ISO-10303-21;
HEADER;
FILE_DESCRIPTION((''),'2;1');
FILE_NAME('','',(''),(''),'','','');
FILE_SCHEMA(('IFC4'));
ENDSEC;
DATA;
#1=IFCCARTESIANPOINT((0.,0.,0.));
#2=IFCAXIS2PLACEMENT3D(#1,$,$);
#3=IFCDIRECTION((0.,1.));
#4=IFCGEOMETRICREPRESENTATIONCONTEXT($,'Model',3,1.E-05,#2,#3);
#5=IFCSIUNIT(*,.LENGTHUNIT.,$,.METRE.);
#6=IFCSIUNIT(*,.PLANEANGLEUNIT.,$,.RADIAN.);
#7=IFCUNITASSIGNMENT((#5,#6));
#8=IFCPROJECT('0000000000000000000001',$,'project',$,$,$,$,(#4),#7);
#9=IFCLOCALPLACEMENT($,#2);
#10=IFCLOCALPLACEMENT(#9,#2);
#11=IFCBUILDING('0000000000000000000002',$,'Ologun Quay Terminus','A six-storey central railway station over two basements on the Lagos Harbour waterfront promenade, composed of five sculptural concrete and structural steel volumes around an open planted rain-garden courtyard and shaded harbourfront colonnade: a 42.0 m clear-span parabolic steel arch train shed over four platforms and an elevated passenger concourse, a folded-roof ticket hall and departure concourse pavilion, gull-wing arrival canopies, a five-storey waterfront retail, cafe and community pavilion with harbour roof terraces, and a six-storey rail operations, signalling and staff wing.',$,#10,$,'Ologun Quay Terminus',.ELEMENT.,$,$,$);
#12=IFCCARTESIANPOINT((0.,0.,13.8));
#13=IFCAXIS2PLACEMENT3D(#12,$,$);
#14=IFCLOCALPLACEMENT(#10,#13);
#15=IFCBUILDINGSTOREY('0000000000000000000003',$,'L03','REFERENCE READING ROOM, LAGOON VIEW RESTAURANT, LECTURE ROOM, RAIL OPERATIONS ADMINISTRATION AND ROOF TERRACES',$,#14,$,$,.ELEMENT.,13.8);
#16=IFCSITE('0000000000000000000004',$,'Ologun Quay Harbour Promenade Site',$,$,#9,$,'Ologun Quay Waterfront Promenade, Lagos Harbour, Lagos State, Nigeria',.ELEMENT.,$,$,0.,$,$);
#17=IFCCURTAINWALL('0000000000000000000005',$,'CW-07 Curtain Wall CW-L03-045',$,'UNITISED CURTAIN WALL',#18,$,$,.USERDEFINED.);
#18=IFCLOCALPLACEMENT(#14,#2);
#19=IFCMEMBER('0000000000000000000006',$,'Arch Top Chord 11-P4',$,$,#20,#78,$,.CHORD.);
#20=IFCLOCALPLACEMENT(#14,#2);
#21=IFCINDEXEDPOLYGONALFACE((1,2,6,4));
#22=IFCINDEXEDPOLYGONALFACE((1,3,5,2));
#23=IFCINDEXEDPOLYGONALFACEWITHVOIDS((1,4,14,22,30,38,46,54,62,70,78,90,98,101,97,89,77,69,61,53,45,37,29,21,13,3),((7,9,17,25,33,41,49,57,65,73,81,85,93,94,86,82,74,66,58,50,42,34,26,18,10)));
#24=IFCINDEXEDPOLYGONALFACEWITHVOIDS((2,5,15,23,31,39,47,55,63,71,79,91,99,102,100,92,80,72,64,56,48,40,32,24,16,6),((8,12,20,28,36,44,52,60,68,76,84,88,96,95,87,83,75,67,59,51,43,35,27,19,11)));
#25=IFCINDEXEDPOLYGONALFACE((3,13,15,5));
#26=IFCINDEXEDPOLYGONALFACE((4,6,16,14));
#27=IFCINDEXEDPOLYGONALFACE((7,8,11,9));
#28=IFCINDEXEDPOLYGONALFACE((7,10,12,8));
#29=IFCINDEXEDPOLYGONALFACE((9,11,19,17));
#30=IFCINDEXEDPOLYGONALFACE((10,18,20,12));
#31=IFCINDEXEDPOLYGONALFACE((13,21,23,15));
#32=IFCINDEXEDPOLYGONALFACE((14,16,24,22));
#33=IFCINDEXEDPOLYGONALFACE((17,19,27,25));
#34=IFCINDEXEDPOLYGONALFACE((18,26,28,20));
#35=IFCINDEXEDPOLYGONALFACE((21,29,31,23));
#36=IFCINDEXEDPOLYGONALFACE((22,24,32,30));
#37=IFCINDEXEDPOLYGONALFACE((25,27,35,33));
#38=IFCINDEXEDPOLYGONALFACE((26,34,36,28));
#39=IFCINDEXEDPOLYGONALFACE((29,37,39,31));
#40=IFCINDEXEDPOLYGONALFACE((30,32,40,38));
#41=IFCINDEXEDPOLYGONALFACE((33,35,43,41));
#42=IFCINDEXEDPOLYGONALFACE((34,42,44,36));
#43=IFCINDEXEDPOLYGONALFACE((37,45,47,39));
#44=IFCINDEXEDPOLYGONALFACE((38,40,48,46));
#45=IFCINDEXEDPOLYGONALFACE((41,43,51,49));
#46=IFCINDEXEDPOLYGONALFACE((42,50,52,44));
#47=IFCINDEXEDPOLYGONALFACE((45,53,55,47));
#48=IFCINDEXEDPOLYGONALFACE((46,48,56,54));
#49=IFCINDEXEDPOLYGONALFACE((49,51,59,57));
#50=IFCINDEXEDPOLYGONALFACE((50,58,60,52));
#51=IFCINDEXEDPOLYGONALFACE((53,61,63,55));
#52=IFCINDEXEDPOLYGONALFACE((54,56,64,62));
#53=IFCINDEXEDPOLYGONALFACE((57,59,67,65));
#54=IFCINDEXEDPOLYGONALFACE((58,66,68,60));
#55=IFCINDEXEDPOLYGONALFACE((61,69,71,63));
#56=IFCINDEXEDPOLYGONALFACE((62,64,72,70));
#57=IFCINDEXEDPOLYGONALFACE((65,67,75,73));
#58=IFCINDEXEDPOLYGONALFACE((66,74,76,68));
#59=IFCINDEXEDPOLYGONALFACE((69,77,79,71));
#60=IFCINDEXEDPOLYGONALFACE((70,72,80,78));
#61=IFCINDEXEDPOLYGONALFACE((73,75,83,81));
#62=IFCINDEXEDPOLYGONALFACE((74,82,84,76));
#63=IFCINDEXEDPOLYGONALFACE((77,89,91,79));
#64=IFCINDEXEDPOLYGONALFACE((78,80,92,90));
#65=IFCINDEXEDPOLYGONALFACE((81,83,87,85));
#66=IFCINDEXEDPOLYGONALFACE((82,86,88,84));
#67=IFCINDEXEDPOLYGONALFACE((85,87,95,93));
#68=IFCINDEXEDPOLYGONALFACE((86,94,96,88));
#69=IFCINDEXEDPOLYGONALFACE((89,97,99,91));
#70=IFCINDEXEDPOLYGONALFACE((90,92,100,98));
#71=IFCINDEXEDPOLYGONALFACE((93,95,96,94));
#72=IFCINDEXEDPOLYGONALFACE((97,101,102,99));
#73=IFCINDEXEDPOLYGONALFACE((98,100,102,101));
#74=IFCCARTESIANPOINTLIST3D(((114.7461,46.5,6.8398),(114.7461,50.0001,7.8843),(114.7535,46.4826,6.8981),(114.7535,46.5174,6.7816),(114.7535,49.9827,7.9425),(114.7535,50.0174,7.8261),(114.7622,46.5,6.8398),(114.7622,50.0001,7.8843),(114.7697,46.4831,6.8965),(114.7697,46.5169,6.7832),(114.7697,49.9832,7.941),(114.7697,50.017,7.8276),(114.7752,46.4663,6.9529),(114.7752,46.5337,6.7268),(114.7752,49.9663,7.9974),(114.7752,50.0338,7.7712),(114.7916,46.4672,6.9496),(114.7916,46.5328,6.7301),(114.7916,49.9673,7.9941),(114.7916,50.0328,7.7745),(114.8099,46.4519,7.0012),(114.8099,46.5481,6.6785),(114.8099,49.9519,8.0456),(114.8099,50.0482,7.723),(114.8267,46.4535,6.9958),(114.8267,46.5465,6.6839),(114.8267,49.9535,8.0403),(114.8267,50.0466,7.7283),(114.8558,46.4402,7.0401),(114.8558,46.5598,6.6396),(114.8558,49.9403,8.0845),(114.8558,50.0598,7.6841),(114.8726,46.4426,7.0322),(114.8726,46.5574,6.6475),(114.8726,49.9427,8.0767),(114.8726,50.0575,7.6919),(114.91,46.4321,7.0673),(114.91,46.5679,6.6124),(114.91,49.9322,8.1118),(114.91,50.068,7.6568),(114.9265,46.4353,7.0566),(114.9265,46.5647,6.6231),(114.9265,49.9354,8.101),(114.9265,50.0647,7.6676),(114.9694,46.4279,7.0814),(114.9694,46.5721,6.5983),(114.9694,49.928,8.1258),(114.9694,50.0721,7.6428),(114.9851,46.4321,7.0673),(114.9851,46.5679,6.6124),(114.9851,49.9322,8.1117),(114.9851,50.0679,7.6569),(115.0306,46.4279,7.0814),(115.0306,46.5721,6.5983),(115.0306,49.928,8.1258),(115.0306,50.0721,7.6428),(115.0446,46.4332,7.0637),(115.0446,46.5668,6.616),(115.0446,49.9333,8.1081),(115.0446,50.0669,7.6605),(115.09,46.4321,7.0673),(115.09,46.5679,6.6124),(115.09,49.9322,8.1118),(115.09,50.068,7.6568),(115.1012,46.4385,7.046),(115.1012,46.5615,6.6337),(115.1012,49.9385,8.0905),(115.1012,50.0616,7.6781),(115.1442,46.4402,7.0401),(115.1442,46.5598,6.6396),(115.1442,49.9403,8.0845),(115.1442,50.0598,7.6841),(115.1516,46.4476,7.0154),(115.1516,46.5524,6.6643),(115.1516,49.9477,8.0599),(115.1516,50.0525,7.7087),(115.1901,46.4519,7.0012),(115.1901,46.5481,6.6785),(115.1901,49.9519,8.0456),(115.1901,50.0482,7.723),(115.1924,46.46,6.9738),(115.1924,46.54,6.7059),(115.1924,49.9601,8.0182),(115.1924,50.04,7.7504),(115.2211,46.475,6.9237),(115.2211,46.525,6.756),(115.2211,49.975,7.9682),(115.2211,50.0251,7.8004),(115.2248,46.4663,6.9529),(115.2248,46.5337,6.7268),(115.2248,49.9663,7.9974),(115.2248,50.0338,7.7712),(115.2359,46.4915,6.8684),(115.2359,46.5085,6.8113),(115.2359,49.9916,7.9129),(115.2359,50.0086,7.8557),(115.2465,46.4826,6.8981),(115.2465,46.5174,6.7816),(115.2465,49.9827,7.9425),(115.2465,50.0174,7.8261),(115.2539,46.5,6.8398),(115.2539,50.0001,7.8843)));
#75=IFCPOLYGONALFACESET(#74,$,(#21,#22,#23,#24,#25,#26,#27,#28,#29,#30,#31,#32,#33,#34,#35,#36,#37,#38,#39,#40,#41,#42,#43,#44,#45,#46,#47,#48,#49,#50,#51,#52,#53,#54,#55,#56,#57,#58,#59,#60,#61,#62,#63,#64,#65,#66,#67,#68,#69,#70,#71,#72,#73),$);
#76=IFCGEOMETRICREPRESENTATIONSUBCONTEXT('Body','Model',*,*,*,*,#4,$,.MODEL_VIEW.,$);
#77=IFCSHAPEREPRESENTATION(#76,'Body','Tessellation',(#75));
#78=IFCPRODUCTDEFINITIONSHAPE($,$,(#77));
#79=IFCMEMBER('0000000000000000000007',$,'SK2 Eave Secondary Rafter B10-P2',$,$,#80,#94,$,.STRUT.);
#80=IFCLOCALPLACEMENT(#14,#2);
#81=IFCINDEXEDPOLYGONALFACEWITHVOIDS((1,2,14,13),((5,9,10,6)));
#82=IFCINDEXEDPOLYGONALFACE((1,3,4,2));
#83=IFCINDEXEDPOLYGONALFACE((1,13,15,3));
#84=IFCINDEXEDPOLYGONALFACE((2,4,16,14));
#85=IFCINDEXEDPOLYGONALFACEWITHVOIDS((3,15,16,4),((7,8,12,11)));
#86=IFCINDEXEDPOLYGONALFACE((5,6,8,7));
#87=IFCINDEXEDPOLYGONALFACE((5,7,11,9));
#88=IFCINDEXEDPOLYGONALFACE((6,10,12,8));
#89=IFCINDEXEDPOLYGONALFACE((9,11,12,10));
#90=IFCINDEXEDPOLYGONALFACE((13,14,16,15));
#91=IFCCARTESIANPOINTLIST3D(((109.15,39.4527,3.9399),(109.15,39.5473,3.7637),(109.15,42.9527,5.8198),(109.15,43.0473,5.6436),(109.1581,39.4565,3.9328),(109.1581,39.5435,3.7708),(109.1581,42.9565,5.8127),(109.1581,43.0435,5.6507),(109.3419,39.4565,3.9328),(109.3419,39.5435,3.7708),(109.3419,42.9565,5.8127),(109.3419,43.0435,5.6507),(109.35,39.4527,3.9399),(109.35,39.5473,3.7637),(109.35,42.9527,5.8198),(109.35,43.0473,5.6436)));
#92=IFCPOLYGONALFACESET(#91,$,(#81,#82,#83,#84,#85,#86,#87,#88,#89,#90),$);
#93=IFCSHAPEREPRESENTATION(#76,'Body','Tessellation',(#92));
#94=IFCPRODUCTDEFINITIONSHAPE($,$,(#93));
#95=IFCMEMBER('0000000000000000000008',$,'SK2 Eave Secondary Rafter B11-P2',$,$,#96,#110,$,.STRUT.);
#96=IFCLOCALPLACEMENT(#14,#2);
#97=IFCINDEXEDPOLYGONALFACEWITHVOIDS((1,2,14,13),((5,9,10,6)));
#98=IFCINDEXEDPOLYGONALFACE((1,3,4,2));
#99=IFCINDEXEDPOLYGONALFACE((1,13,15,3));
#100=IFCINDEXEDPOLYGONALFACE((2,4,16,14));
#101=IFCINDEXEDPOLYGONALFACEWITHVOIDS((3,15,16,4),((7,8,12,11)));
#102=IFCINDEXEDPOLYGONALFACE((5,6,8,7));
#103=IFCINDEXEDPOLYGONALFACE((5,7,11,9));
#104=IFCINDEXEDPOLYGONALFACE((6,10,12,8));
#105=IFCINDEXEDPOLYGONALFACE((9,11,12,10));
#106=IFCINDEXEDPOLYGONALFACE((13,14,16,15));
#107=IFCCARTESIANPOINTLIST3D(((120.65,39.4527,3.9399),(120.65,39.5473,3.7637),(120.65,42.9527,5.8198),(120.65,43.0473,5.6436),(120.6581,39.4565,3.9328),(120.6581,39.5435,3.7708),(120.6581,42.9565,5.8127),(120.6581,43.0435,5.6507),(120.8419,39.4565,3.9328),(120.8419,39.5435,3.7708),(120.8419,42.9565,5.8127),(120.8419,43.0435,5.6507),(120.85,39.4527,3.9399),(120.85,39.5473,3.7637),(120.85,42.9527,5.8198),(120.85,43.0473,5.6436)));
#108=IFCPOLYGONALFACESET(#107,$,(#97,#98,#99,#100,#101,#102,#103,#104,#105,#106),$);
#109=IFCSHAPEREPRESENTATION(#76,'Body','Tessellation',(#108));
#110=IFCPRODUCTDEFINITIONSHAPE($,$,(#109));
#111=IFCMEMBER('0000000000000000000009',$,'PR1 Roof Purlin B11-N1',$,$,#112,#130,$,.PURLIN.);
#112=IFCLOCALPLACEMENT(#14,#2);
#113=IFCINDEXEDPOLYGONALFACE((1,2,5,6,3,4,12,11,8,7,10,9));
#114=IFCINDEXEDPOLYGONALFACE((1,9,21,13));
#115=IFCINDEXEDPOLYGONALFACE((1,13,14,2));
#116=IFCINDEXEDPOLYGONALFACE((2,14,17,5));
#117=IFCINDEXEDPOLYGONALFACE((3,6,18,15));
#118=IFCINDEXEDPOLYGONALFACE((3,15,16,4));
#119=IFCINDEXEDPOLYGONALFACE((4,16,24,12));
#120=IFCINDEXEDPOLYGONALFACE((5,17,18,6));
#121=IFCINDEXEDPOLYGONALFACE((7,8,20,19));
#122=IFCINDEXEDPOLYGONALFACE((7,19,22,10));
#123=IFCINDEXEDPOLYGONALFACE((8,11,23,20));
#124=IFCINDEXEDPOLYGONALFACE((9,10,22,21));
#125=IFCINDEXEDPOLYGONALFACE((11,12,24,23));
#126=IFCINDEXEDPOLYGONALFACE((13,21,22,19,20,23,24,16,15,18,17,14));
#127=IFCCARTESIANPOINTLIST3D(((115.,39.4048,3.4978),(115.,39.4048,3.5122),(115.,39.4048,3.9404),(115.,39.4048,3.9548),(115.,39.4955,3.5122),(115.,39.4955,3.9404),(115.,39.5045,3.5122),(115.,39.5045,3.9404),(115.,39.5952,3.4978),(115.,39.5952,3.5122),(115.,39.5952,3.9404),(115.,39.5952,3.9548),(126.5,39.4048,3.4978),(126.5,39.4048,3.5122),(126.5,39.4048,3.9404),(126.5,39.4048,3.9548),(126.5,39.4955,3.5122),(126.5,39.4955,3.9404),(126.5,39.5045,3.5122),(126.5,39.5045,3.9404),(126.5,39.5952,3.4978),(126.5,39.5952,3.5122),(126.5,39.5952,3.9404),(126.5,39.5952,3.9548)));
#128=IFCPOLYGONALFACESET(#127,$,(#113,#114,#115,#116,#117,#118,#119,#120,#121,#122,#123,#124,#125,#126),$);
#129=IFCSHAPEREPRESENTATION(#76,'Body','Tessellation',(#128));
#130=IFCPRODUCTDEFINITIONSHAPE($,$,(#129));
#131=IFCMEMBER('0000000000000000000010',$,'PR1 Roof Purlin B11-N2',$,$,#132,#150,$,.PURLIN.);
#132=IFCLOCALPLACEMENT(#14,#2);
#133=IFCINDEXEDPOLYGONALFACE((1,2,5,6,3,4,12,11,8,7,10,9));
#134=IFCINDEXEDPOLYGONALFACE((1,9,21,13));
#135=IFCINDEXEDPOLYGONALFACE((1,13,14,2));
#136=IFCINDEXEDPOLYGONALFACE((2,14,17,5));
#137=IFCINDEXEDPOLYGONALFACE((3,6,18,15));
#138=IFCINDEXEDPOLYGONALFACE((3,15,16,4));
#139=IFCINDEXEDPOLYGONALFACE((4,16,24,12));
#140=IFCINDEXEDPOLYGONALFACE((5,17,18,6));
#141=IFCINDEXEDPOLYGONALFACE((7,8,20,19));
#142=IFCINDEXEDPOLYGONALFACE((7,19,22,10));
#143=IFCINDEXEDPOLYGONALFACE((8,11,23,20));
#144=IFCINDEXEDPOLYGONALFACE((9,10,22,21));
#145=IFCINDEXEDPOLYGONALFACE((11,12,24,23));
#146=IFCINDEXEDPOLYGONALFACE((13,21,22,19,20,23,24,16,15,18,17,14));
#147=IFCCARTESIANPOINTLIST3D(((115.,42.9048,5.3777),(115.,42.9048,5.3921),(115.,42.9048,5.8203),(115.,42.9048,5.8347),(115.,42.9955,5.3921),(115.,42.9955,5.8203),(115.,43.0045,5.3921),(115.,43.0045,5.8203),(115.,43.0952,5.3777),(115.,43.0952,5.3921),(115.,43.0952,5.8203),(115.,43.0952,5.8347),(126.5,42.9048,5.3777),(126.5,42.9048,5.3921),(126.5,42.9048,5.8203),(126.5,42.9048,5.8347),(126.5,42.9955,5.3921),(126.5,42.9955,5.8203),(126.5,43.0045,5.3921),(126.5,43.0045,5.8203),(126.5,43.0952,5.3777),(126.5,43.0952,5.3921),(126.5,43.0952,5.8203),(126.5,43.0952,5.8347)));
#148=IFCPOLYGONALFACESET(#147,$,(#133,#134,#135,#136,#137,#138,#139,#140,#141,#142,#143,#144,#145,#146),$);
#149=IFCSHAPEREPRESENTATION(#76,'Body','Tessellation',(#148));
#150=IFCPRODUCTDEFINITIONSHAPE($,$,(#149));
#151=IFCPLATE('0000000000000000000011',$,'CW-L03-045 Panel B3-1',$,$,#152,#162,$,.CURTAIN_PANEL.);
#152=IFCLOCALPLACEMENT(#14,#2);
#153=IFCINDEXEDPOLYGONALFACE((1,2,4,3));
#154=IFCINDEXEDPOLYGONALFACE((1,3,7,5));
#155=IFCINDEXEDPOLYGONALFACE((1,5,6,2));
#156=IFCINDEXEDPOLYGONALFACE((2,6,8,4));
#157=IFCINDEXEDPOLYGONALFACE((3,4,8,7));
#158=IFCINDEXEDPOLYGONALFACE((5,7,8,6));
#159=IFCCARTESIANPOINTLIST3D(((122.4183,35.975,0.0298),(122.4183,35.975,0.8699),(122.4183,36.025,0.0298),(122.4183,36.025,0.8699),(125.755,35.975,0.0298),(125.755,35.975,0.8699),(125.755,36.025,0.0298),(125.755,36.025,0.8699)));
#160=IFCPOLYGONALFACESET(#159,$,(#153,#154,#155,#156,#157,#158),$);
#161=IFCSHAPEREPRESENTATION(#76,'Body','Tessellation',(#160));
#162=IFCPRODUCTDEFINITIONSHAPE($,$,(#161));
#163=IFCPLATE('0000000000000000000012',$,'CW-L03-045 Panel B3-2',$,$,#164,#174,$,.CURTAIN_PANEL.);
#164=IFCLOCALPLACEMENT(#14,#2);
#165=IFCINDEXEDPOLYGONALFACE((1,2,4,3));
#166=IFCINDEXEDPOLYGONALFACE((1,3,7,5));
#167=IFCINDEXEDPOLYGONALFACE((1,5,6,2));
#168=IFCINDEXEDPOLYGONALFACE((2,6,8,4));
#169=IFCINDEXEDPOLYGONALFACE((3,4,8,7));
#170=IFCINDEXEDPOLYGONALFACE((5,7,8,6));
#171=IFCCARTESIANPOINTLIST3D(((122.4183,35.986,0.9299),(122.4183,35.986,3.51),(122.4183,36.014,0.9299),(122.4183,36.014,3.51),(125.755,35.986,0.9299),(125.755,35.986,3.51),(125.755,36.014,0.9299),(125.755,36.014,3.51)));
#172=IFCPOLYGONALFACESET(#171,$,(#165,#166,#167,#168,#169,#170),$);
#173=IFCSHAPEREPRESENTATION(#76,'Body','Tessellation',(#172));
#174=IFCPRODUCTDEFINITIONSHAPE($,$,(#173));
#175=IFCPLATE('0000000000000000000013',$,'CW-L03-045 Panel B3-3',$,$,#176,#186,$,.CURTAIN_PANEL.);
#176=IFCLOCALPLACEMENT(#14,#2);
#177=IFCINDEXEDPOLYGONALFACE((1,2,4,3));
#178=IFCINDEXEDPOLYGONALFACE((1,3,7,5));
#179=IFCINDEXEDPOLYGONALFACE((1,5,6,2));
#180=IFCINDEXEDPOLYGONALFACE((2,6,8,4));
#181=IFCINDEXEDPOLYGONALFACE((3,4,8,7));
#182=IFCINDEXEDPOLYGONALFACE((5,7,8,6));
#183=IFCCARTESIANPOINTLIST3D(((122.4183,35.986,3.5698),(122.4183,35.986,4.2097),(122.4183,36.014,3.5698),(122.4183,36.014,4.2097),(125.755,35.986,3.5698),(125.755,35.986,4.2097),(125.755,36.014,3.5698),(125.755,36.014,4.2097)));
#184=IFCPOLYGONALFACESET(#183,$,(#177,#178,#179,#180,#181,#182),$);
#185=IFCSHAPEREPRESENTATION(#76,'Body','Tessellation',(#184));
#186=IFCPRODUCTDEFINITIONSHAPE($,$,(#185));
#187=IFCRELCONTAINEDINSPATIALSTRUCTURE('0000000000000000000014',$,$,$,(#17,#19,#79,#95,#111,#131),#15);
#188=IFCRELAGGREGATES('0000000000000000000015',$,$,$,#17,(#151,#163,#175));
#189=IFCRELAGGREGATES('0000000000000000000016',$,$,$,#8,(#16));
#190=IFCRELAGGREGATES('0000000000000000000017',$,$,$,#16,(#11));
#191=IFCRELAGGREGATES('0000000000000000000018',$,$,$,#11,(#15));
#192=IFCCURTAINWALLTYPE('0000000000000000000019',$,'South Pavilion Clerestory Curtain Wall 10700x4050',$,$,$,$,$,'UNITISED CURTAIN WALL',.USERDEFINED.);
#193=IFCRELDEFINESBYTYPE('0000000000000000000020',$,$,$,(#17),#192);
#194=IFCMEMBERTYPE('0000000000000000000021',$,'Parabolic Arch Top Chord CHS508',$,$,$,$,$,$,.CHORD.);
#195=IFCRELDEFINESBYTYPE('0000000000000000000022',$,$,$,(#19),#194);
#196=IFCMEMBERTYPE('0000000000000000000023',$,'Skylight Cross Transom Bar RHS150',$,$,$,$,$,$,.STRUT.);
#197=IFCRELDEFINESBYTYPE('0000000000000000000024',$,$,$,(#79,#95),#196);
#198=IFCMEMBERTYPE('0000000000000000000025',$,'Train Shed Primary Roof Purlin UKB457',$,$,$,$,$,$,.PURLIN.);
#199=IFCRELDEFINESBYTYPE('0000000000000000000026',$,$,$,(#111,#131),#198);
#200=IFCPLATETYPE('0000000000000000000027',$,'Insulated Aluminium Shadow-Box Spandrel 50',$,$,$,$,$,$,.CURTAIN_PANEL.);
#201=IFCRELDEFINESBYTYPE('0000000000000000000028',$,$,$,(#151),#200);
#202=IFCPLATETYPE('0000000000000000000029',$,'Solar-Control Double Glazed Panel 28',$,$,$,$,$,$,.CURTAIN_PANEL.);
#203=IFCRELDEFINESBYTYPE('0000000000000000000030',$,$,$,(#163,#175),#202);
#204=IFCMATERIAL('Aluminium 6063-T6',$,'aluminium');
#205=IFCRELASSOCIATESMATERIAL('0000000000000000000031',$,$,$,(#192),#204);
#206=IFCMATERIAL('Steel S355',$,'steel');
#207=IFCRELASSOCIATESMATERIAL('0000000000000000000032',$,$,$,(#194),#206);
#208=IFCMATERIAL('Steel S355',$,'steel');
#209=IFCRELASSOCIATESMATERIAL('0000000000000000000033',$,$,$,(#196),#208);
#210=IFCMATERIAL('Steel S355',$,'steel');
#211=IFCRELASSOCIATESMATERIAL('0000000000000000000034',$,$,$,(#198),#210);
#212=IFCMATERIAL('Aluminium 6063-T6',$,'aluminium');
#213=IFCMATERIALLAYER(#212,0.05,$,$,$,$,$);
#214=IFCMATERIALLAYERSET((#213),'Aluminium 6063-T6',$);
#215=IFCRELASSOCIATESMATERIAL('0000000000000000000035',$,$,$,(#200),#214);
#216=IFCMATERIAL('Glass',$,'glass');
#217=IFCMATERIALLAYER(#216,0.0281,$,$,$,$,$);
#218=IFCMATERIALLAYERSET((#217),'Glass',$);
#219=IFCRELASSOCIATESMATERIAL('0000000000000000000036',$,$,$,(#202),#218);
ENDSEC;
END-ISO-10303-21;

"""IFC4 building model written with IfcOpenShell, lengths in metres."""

from ifc_helpers import new_model, si_unit, direction, frame, origin, origin_2d, place, context, subcontext, project, spatial, rectangle, hollow_rectangle, hollow_circle, i_section, extrude, material, layer, layer_set, material_profile, profile_set, type_object, element, aggregate, save


model = new_model("IFC4")

# Units and contexts
model_context = context("Model", 3, precision=1e-05, world=origin(), true_north=direction((0.0, 1.0)))
body_context = subcontext(model_context, "Body", "Model", "MODEL_VIEW")
ifc_project = project(units=[si_unit("LENGTHUNIT", "METRE"), si_unit("PLANEANGLEUNIT", "RADIAN")], contexts=[model_context])

# Site, building, storey
site_placement = place(None, origin())
site = spatial("IfcSite", under=ifc_project, at=site_placement, Name="Ologun Quay Harbour Promenade Site", LongName="Ologun Quay Waterfront Promenade, Lagos Harbour, Lagos State, Nigeria", CompositionType="ELEMENT", RefElevation=0.0)
building_placement = place(site_placement, origin())
building = spatial("IfcBuilding", under=site, at=building_placement, Name="Ologun Quay Terminus", Description="A six-storey central railway station over two basements on the Lagos Harbour waterfront promenade, composed of five sculptural concrete and structural steel volumes around an open planted rain-garden courtyard and shaded harbourfront colonnade: a 42.0 m clear-span parabolic steel arch train shed over four platforms and an elevated passenger concourse, a folded-roof ticket hall and departure concourse pavilion, gull-wing arrival canopies, a five-storey waterfront retail, cafe and community pavilion with harbour roof terraces, and a six-storey rail operations, signalling and staff wing.", LongName="Ologun Quay Terminus", CompositionType="ELEMENT")
storey_placement = place(building_placement, frame((0.0, 0.0, 13.8)))
storey = spatial("IfcBuildingStorey", under=building, at=storey_placement, Name="L03", Description="REFERENCE READING ROOM, LAGOON VIEW RESTAURANT, LECTURE ROOM, RAIL OPERATIONS ADMINISTRATION AND ROOF TERRACES", CompositionType="ELEMENT", Elevation=13.8)

# Curtain wall
ifc_material_1 = material(Name="Aluminium 6063-T6", Category="aluminium")
curtain_wall_type = type_object("IfcCurtainWallType", Name="South Pavilion Clerestory Curtain Wall 10700x4050", ElementType="UNITISED CURTAIN WALL", PredefinedType="USERDEFINED", material=ifc_material_1)
curtain_wall_placement = place(storey_placement, origin())
curtain_wall = element("IfcCurtainWall", 1, at=curtain_wall_placement, inside=storey, type_object=curtain_wall_type, Name="CW-07 Curtain Wall CW-L03-045", ObjectType="UNITISED CURTAIN WALL", PredefinedType="USERDEFINED")

# Members
ifc_material_2 = material(Name="Steel S355", Category="steel")
ifc_material_profile_1 = material_profile(ifc_material_2, hollow_circle(Radius=0.2539, WallThickness=0.0161, at=origin_2d()), Name="CHS 508x16")
ifc_profile_set_1 = profile_set([ifc_material_profile_1], Name="Steel S355")
member_type_1 = type_object("IfcMemberType", Name="Parabolic Arch Top Chord CHS508", PredefinedType="CHORD", material=ifc_profile_set_1)
member_1_placement = place(storey_placement, frame((115.0, 46.5, 6.8398), z_axis=(0.0, 0.958245, 0.285949), x_axis=(-1.0, 0.0, 0.0)))
element("IfcMember", 2, at=member_1_placement, inside=storey, type_object=member_type_1, Name="Arch Top Chord 11-P4", PredefinedType="CHORD", context=body_context, shape_type="SweptSolid", body=[
    extrude(hollow_circle(Radius=0.2539, WallThickness=0.0161, at=origin_2d()), origin(), (0.0, 0.0, 1.0), 3.6526),
])
ifc_material_3 = material(Name="Steel S355", Category="steel")
ifc_material_profile_2 = material_profile(ifc_material_3, hollow_rectangle(XDim=0.2, YDim=0.2, WallThickness=0.0081, at=origin_2d()), Name="SHS 200x200x8")
ifc_profile_set_2 = profile_set([ifc_material_profile_2], Name="Steel S355")
member_type_2 = type_object("IfcMemberType", Name="Skylight Cross Transom Bar RHS150", PredefinedType="STRUT", material=ifc_profile_set_2)
for number, where, z_axis, x_axis, name in (
    (3, (109.25, 39.5, 3.8518), (0.0, 0.880968, 0.473176), (-1.0, 0.0, 0.0), "SK2 Eave Secondary Rafter B10-P2"),
    (4, (120.75, 39.5, 3.8518), (0.0, 0.880968, 0.473176), (-1.0, 0.0, 0.0), "SK2 Eave Secondary Rafter B11-P2"),
):
    element("IfcMember", number, at=place(storey_placement, frame(where, z_axis=z_axis, x_axis=x_axis)), inside=storey, type_object=member_type_2, Name=name, PredefinedType="STRUT", context=body_context, shape_type="SweptSolid", body=[
        extrude(hollow_rectangle(XDim=0.2, YDim=0.2, WallThickness=0.0081, at=origin_2d()), origin(), (0.0, 0.0, 1.0), 3.9729),
    ])
ifc_material_4 = material(Name="Steel S355", Category="steel")
ifc_material_profile_3 = material_profile(ifc_material_4, i_section(OverallWidth=0.1904, OverallDepth=0.457, WebThickness=0.009, FlangeThickness=0.0144, at=origin_2d()), Name="UKB 457x191x74")
ifc_profile_set_3 = profile_set([ifc_material_profile_3], Name="Steel S355")
member_type_3 = type_object("IfcMemberType", Name="Train Shed Primary Roof Purlin UKB457", PredefinedType="PURLIN", material=ifc_profile_set_3)
for number, where, z_axis, x_axis, name in (
    (5, (115.0, 39.5, 3.7263), (1.0, 0.0, 0.0), (0.0, 1.0, 0.0), "PR1 Roof Purlin B11-N1"),
    (6, (115.0, 43.0, 5.6062), (1.0, 0.0, 0.0), (0.0, 1.0, 0.0), "PR1 Roof Purlin B11-N2"),
):
    element("IfcMember", number, at=place(storey_placement, frame(where, z_axis=z_axis, x_axis=x_axis)), inside=storey, type_object=member_type_3, Name=name, PredefinedType="PURLIN", context=body_context, shape_type="SweptSolid", body=[
        extrude(i_section(OverallWidth=0.1904, OverallDepth=0.457, WebThickness=0.009, FlangeThickness=0.0144, at=origin_2d()), origin(), (0.0, 0.0, 1.0), 11.5),
    ])

# Plates
ifc_material_5 = material(Name="Aluminium 6063-T6", Category="aluminium")
ifc_layer_1 = layer(ifc_material_5, 0.05)
ifc_layer_set_1 = layer_set([ifc_layer_1], Name="Aluminium 6063-T6")
plate_type_1 = type_object("IfcPlateType", Name="Insulated Aluminium Shadow-Box Spandrel 50", PredefinedType="CURTAIN_PANEL", material=ifc_layer_set_1)
plate_1_placement = place(storey_placement, frame((124.0867, 36.0, 0.0298), z_axis=(0.0, 0.0, 1.0), x_axis=(1.0, 0.0, 0.0)))
plate_1 = element("IfcPlate", 7, at=plate_1_placement, type_object=plate_type_1, Name="CW-L03-045 Panel B3-1", PredefinedType="CURTAIN_PANEL", context=body_context, shape_type="SweptSolid", body=[
    extrude(rectangle(XDim=3.3367, YDim=0.05, at=origin_2d()), origin(), (0.0, 0.0, 1.0), 0.8401),
])
ifc_material_6 = material(Name="Glass", Category="glass")
ifc_layer_2 = layer(ifc_material_6, 0.0281)
ifc_layer_set_2 = layer_set([ifc_layer_2], Name="Glass")
plate_type_2 = type_object("IfcPlateType", Name="Solar-Control Double Glazed Panel 28", PredefinedType="CURTAIN_PANEL", material=ifc_layer_set_2)
plate_2_placement = place(storey_placement, frame((124.0867, 36.0, 0.9299), z_axis=(0.0, 0.0, 1.0), x_axis=(1.0, 0.0, 0.0)))
plate_2 = element("IfcPlate", 8, at=plate_2_placement, type_object=plate_type_2, Name="CW-L03-045 Panel B3-2", PredefinedType="CURTAIN_PANEL", context=body_context, shape_type="SweptSolid", body=[
    extrude(rectangle(XDim=3.3367, YDim=0.0281, at=origin_2d()), origin(), (0.0, 0.0, 1.0), 2.5801),
])
plate_3_placement = place(storey_placement, frame((124.0867, 36.0, 3.5698), z_axis=(0.0, 0.0, 1.0), x_axis=(1.0, 0.0, 0.0)))
plate_3 = element("IfcPlate", 9, at=plate_3_placement, type_object=plate_type_2, Name="CW-L03-045 Panel B3-3", PredefinedType="CURTAIN_PANEL", context=body_context, shape_type="SweptSolid", body=[
    extrude(rectangle(XDim=3.3367, YDim=0.0281, at=origin_2d()), origin(), (0.0, 0.0, 1.0), 0.6399),
])
aggregate(curtain_wall, [plate_1, plate_2, plate_3])

save(model, "model.ifc")
